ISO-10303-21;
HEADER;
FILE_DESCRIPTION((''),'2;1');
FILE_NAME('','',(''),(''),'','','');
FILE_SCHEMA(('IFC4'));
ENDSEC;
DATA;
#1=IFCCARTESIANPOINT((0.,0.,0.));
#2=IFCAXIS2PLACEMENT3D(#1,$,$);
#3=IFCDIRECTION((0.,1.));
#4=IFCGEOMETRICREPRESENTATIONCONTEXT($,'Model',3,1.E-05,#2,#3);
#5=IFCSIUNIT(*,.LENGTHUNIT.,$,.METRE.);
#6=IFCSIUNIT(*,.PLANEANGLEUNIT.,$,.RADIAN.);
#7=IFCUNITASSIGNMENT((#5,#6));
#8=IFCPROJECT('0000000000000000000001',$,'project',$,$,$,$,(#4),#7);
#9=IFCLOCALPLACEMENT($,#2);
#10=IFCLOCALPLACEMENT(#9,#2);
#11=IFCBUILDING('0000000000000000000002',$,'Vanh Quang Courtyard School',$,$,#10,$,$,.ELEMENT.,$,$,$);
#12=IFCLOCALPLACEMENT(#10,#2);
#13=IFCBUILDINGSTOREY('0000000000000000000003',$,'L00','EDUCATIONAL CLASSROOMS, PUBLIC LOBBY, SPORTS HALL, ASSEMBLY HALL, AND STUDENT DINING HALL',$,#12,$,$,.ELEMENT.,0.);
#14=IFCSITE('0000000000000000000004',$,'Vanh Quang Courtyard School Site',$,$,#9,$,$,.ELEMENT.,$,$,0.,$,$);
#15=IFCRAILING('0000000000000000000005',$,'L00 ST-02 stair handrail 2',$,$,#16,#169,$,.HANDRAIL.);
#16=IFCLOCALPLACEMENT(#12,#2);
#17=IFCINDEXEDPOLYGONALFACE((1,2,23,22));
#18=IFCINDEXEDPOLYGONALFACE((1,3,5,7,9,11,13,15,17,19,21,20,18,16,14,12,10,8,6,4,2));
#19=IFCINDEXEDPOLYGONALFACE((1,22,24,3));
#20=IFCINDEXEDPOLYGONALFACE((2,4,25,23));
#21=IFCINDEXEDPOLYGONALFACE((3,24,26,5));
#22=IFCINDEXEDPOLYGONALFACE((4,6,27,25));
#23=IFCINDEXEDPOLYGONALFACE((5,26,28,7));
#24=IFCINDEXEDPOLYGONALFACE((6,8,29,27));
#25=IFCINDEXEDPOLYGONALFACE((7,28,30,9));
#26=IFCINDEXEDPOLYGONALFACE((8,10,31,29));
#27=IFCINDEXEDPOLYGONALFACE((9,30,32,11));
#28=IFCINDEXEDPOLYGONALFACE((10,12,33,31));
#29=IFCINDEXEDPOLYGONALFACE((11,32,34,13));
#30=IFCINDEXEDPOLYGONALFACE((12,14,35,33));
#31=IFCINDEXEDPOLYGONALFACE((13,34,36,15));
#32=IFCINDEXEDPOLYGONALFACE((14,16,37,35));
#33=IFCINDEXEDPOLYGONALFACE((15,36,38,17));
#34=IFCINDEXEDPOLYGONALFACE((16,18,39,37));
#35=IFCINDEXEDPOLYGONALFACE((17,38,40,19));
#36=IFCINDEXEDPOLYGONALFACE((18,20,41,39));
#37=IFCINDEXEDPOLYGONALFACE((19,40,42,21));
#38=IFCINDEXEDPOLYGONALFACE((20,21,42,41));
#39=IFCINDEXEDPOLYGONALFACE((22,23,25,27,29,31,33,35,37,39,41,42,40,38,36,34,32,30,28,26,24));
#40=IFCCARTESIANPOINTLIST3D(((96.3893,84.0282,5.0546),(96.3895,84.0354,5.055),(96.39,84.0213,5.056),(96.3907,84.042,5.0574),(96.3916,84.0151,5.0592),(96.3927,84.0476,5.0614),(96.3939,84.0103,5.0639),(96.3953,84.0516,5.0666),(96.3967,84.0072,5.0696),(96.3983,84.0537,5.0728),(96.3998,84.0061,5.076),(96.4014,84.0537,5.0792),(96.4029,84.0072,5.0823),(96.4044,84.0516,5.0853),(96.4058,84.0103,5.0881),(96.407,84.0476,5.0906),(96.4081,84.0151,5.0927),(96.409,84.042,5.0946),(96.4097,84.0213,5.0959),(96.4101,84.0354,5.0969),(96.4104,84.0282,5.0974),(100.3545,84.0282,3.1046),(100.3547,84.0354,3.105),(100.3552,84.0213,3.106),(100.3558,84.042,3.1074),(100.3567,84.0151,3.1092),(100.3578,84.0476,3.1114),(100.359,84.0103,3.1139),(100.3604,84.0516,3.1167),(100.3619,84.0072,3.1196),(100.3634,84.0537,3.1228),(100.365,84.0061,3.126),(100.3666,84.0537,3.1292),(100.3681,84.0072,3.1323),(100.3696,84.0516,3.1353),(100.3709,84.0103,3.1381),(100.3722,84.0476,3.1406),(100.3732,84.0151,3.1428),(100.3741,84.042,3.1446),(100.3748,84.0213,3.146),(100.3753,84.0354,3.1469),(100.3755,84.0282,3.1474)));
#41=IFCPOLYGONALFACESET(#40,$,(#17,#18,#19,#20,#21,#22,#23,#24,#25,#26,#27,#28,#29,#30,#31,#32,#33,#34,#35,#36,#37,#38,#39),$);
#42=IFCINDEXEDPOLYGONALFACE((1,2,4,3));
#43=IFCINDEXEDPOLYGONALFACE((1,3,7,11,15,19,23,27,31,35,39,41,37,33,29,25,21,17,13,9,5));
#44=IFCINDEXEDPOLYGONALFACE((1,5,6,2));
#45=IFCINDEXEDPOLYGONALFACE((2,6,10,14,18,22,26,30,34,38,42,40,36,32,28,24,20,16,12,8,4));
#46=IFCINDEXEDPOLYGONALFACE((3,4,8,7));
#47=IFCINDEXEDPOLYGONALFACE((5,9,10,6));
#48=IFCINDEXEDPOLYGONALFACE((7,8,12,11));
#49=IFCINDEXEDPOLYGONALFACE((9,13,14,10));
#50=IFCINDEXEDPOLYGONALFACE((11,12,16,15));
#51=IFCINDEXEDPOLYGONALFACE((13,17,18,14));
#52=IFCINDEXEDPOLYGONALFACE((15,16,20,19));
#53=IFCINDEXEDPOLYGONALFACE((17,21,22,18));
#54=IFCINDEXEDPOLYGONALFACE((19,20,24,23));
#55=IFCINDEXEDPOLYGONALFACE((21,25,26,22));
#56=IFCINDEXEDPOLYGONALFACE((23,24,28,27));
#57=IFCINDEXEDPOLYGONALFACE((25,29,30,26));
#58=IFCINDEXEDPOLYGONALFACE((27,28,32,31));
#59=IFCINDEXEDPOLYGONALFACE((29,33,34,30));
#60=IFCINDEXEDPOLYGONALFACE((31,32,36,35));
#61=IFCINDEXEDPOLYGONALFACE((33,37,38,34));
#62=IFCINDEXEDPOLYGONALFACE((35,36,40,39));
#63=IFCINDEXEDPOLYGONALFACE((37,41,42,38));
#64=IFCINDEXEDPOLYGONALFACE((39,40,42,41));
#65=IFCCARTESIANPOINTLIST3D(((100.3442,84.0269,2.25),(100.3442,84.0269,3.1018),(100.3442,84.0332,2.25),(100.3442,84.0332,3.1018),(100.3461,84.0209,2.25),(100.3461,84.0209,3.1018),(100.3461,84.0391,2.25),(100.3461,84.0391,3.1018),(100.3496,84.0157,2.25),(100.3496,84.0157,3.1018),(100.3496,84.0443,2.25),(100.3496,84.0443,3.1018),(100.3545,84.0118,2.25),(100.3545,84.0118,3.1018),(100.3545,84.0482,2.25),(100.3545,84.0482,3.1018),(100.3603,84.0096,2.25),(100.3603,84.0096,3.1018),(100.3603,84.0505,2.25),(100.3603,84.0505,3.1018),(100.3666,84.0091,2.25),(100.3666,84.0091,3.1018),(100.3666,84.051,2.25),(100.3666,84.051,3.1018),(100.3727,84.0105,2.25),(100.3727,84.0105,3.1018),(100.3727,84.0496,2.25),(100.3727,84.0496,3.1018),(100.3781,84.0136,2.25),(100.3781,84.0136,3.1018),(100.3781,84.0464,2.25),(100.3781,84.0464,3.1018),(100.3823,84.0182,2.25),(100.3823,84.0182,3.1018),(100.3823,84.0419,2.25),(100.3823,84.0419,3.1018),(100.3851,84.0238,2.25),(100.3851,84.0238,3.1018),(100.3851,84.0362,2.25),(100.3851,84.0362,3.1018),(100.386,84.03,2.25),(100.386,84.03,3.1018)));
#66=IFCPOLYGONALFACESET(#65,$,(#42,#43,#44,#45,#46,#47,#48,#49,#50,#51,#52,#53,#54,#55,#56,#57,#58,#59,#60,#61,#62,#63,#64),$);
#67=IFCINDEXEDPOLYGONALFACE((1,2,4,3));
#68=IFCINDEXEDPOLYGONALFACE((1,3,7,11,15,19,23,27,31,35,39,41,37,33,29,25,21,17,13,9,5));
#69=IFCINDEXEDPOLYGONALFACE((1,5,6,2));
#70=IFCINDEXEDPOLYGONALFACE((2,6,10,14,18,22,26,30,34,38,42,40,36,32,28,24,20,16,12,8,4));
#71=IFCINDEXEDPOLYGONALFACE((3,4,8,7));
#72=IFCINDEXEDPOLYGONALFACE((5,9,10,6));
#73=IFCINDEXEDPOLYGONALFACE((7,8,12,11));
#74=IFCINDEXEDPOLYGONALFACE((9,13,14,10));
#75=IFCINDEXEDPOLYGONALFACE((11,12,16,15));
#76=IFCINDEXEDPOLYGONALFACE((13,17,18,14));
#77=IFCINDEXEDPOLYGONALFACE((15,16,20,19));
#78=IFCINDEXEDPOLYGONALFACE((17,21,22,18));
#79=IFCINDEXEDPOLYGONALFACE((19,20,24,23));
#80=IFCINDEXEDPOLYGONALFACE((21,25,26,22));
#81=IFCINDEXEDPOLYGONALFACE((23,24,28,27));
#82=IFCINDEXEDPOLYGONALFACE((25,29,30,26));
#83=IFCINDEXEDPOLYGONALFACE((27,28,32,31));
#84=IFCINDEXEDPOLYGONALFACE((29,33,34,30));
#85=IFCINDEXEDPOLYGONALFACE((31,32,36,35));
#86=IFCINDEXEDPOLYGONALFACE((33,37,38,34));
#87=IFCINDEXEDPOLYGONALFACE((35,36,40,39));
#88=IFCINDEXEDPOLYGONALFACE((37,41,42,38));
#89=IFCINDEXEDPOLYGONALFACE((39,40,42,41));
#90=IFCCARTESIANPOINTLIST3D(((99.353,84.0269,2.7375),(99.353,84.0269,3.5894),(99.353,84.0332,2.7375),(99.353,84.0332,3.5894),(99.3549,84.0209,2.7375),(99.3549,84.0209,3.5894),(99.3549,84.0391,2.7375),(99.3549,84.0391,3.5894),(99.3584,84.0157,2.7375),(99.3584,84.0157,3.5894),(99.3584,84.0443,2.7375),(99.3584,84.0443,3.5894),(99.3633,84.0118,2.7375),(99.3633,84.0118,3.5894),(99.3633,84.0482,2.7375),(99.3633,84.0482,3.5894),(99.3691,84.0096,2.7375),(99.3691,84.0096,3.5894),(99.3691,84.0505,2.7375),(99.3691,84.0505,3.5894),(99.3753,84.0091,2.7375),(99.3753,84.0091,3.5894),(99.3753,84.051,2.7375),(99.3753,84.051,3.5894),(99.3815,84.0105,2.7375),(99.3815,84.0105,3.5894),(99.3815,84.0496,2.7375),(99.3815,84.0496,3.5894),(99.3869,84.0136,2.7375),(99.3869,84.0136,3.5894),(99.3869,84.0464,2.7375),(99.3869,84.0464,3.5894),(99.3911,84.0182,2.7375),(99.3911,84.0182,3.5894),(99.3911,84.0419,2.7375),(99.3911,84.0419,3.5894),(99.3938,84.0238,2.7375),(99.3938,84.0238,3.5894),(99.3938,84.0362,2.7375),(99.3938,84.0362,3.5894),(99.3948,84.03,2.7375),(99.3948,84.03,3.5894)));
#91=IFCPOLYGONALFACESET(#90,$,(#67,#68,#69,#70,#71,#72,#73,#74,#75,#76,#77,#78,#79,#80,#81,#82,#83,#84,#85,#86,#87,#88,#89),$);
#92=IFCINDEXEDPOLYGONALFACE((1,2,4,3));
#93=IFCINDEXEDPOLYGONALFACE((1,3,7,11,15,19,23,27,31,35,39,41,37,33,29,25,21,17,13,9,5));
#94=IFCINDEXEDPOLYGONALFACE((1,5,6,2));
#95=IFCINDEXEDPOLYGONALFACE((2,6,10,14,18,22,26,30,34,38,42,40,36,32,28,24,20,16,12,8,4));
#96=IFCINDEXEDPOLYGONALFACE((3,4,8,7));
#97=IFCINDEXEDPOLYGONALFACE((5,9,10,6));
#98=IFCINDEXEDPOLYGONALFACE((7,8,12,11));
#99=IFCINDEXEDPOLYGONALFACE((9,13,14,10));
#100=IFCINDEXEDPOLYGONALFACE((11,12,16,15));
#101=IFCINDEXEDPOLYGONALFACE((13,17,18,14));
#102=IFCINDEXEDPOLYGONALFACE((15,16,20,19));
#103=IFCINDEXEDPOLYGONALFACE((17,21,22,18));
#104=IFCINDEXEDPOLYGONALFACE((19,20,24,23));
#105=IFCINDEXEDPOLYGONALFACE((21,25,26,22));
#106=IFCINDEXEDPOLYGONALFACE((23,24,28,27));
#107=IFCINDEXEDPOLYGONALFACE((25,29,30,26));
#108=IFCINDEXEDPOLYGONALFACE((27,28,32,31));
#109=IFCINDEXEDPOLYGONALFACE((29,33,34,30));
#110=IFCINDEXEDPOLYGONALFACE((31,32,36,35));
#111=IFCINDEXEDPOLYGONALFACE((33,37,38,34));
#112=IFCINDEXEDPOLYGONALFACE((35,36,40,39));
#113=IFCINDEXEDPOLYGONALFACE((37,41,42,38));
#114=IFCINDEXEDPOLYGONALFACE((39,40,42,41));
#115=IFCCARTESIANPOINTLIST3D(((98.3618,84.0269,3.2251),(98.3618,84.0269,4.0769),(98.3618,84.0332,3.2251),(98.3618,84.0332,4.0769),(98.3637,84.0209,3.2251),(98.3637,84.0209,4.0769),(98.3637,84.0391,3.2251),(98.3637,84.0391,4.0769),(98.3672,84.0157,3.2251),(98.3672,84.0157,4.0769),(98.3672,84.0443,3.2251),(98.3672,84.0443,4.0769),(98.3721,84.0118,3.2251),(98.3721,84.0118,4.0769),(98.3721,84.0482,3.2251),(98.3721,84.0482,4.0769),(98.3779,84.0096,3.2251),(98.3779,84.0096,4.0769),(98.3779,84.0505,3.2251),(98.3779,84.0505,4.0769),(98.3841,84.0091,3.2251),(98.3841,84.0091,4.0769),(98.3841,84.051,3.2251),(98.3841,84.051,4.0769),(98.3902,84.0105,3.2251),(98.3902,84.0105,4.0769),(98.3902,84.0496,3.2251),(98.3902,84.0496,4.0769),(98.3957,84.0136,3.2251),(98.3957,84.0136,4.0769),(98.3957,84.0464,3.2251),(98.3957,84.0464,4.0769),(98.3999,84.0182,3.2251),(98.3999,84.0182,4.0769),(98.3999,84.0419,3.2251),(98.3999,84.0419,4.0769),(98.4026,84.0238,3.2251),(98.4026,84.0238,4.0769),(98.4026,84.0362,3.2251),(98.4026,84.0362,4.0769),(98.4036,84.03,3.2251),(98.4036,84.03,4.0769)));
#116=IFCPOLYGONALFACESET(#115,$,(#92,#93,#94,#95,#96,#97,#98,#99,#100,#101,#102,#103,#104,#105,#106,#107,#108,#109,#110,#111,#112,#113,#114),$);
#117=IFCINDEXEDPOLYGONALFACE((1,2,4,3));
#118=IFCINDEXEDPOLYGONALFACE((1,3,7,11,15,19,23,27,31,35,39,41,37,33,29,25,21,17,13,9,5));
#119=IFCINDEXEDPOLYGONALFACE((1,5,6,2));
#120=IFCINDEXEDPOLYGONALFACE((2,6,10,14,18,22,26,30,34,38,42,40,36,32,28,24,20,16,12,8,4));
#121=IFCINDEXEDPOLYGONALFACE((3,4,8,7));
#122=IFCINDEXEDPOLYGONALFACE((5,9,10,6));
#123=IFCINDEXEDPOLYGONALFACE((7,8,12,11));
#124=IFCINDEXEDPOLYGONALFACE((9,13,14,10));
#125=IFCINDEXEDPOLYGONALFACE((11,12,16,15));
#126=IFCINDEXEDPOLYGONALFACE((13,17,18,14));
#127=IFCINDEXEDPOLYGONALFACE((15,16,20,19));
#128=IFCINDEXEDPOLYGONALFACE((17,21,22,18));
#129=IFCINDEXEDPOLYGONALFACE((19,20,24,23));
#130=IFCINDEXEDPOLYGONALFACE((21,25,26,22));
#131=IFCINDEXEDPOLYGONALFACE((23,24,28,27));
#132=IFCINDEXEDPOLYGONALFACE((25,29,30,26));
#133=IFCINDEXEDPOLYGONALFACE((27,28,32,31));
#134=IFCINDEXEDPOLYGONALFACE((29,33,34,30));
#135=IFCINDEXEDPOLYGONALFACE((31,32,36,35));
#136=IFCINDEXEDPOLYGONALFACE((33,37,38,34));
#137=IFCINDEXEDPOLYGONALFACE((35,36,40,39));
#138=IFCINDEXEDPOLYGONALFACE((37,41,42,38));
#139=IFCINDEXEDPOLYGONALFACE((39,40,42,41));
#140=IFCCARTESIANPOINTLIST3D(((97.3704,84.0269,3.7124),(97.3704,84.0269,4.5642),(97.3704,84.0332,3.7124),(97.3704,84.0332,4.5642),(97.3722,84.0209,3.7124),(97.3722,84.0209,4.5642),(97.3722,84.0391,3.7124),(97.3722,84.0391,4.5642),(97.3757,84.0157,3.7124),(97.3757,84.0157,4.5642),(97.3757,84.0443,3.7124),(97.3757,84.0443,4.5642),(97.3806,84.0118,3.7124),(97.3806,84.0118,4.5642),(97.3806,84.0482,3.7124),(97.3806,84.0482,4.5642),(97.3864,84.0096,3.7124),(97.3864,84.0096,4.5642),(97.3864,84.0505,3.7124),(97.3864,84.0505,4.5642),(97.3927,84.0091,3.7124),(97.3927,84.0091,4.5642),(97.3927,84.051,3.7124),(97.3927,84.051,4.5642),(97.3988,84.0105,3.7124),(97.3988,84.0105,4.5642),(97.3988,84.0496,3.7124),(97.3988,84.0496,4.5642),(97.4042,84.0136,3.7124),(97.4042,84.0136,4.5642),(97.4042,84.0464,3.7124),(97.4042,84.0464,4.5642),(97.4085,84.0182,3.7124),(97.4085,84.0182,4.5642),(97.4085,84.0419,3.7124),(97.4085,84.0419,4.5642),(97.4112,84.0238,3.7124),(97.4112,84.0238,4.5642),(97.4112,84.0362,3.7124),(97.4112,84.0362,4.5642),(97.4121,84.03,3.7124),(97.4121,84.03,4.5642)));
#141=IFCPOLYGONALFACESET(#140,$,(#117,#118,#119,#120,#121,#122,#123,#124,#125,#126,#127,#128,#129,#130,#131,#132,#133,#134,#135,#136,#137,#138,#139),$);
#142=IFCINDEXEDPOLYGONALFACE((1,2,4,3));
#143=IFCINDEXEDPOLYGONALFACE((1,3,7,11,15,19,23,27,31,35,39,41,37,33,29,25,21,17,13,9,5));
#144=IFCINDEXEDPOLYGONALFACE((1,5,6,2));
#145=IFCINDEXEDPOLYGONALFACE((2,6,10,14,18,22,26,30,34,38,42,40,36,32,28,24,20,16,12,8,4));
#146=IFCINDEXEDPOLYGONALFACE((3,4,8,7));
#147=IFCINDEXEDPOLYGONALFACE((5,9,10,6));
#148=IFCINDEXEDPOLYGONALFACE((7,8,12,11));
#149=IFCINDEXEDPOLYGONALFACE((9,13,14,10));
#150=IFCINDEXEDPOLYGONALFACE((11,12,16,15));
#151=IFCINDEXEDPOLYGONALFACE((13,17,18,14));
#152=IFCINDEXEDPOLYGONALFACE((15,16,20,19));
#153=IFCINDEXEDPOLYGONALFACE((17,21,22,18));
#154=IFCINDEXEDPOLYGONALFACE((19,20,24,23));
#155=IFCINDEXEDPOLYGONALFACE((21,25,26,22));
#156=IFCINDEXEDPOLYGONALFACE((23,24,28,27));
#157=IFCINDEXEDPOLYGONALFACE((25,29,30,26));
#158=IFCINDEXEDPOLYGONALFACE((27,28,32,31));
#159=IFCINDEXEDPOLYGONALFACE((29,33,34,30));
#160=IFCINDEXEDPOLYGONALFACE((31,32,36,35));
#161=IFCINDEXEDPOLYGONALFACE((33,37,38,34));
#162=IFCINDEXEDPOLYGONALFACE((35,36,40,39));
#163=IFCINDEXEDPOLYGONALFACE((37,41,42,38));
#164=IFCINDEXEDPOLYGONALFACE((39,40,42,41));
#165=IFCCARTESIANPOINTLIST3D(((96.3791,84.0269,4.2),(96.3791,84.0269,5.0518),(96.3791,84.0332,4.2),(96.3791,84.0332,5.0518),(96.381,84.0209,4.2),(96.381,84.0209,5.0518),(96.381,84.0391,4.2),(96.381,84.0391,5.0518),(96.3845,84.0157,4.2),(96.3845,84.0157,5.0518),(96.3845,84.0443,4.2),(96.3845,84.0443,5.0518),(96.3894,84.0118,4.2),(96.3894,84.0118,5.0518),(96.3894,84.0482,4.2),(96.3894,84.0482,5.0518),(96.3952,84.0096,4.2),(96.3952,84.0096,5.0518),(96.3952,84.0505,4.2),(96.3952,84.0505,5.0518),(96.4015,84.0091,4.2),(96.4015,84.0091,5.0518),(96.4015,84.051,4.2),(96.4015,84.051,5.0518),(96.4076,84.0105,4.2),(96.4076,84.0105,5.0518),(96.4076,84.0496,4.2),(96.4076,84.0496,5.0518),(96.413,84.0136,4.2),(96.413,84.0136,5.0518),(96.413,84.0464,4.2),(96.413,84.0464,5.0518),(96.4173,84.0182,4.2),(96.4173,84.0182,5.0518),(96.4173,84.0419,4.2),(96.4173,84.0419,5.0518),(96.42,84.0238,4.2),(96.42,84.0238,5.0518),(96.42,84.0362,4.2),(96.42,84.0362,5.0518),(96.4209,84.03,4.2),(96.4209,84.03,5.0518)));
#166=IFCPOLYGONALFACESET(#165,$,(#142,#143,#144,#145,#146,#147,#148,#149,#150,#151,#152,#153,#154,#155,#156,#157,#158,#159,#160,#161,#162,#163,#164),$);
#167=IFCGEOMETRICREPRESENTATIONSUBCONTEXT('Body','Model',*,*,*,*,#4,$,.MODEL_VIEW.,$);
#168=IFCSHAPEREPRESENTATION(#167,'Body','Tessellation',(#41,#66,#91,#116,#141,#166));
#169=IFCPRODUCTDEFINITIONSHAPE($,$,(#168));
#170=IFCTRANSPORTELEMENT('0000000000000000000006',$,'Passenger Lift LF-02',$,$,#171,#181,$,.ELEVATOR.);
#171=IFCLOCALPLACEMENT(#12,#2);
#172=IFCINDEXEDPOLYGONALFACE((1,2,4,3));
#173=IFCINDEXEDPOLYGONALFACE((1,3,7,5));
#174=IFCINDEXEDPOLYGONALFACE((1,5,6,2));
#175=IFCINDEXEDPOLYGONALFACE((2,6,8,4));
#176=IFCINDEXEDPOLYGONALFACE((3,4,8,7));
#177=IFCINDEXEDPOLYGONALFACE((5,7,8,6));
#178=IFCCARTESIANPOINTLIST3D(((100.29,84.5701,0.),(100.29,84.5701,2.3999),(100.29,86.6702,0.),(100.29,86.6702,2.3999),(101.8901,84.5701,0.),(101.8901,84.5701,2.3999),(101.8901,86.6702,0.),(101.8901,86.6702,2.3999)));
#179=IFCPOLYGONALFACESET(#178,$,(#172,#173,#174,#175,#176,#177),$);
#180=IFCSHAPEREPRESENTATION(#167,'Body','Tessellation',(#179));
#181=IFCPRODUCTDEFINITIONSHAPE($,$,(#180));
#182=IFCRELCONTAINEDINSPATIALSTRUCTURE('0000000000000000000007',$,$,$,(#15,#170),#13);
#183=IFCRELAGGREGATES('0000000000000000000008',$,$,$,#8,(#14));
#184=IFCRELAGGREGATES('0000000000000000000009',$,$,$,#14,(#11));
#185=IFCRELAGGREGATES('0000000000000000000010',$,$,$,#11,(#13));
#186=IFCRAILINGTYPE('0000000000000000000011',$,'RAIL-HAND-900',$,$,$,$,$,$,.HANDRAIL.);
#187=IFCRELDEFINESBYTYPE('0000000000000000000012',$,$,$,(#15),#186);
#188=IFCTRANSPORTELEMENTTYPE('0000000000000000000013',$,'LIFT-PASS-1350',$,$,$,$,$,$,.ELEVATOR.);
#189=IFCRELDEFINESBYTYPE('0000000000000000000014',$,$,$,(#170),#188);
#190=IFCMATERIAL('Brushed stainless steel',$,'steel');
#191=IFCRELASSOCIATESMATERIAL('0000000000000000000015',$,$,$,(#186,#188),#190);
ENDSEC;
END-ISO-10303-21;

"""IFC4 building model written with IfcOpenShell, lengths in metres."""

from ifc_helpers import new_model, si_unit, direction, frame, origin, origin_2d, place, context, subcontext, project, spatial, rectangle, circle, extrude, material, type_object, element, save


model = new_model("IFC4")

# Units and contexts
model_context = context("Model", 3, precision=1e-05, world=origin(), true_north=direction((0.0, 1.0)))
body_context = subcontext(model_context, "Body", "Model", "MODEL_VIEW")
ifc_project = project(units=[si_unit("LENGTHUNIT", "METRE"), si_unit("PLANEANGLEUNIT", "RADIAN")], contexts=[model_context])

# Site, building, storey
site_placement = place(None, origin())
site = spatial("IfcSite", under=ifc_project, at=site_placement, Name="Vanh Quang Courtyard School Site", CompositionType="ELEMENT", RefElevation=0.0)
building_placement = place(site_placement, origin())
building = spatial("IfcBuilding", under=site, at=building_placement, Name="Vanh Quang Courtyard School", CompositionType="ELEMENT")
storey_placement = place(building_placement, origin())
storey = spatial("IfcBuildingStorey", under=building, at=storey_placement, Name="L00", Description="EDUCATIONAL CLASSROOMS, PUBLIC LOBBY, SPORTS HALL, ASSEMBLY HALL, AND STUDENT DINING HALL", CompositionType="ELEMENT", Elevation=0.0)

# Railing
ifc_material_1 = material(Name="Brushed stainless steel", Category="steel")
railing_type = type_object("IfcRailingType", Name="RAIL-HAND-900", PredefinedType="HANDRAIL", material=ifc_material_1)
railing_placement = place(storey_placement, frame((100.365, 84.03, 2.25)))
element("IfcRailing", 1, at=railing_placement, inside=storey, type_object=railing_type, Name="L00 ST-02 stair handrail 2", PredefinedType="HANDRAIL", context=body_context, shape_type="SweptSolid", body=[
    extrude(circle(Radius=0.0239, at=origin_2d()), frame((0.0, 0.0, 0.876), z_axis=(-0.897358, 0.0, 0.441303), x_axis=(0.0, -1.0, 0.0)), (0.0, 0.0, 1.0), 4.4187),
    extrude(circle(Radius=0.021, at=origin_2d()), origin(), (0.0, 0.0, 1.0), 0.8518),
    extrude(circle(Radius=0.021, at=origin_2d()), frame((-0.9912, 0.0, 0.4875)), (0.0, 0.0, 1.0), 0.8518),
    extrude(circle(Radius=0.021, at=origin_2d()), frame((-1.9824, 0.0, 0.9751)), (0.0, 0.0, 1.0), 0.8518),
    extrude(circle(Radius=0.021, at=origin_2d()), frame((-2.9739, 0.0, 1.4624)), (0.0, 0.0, 1.0), 0.8518),
    extrude(circle(Radius=0.021, at=origin_2d()), frame((-3.9651, 0.0, 1.95)), (0.0, 0.0, 1.0), 0.8518),
])

# Transport element
transport_element_type = type_object("IfcTransportElementType", Name="LIFT-PASS-1350", PredefinedType="ELEVATOR", material=ifc_material_1)
transport_element_placement = place(storey_placement, frame((101.0901, 85.6201, 0.0), z_axis=(0.0, 0.0, 1.0), x_axis=(1.0, 0.0, 0.0)))
element("IfcTransportElement", 2, at=transport_element_placement, inside=storey, type_object=transport_element_type, Name="Passenger Lift LF-02", PredefinedType="ELEVATOR", context=body_context, shape_type="SweptSolid", body=[
    extrude(rectangle(XDim=1.6001, YDim=2.1001, at=origin_2d()), origin(), (0.0, 0.0, 1.0), 2.3999),
])

save(model, "model.ifc")
